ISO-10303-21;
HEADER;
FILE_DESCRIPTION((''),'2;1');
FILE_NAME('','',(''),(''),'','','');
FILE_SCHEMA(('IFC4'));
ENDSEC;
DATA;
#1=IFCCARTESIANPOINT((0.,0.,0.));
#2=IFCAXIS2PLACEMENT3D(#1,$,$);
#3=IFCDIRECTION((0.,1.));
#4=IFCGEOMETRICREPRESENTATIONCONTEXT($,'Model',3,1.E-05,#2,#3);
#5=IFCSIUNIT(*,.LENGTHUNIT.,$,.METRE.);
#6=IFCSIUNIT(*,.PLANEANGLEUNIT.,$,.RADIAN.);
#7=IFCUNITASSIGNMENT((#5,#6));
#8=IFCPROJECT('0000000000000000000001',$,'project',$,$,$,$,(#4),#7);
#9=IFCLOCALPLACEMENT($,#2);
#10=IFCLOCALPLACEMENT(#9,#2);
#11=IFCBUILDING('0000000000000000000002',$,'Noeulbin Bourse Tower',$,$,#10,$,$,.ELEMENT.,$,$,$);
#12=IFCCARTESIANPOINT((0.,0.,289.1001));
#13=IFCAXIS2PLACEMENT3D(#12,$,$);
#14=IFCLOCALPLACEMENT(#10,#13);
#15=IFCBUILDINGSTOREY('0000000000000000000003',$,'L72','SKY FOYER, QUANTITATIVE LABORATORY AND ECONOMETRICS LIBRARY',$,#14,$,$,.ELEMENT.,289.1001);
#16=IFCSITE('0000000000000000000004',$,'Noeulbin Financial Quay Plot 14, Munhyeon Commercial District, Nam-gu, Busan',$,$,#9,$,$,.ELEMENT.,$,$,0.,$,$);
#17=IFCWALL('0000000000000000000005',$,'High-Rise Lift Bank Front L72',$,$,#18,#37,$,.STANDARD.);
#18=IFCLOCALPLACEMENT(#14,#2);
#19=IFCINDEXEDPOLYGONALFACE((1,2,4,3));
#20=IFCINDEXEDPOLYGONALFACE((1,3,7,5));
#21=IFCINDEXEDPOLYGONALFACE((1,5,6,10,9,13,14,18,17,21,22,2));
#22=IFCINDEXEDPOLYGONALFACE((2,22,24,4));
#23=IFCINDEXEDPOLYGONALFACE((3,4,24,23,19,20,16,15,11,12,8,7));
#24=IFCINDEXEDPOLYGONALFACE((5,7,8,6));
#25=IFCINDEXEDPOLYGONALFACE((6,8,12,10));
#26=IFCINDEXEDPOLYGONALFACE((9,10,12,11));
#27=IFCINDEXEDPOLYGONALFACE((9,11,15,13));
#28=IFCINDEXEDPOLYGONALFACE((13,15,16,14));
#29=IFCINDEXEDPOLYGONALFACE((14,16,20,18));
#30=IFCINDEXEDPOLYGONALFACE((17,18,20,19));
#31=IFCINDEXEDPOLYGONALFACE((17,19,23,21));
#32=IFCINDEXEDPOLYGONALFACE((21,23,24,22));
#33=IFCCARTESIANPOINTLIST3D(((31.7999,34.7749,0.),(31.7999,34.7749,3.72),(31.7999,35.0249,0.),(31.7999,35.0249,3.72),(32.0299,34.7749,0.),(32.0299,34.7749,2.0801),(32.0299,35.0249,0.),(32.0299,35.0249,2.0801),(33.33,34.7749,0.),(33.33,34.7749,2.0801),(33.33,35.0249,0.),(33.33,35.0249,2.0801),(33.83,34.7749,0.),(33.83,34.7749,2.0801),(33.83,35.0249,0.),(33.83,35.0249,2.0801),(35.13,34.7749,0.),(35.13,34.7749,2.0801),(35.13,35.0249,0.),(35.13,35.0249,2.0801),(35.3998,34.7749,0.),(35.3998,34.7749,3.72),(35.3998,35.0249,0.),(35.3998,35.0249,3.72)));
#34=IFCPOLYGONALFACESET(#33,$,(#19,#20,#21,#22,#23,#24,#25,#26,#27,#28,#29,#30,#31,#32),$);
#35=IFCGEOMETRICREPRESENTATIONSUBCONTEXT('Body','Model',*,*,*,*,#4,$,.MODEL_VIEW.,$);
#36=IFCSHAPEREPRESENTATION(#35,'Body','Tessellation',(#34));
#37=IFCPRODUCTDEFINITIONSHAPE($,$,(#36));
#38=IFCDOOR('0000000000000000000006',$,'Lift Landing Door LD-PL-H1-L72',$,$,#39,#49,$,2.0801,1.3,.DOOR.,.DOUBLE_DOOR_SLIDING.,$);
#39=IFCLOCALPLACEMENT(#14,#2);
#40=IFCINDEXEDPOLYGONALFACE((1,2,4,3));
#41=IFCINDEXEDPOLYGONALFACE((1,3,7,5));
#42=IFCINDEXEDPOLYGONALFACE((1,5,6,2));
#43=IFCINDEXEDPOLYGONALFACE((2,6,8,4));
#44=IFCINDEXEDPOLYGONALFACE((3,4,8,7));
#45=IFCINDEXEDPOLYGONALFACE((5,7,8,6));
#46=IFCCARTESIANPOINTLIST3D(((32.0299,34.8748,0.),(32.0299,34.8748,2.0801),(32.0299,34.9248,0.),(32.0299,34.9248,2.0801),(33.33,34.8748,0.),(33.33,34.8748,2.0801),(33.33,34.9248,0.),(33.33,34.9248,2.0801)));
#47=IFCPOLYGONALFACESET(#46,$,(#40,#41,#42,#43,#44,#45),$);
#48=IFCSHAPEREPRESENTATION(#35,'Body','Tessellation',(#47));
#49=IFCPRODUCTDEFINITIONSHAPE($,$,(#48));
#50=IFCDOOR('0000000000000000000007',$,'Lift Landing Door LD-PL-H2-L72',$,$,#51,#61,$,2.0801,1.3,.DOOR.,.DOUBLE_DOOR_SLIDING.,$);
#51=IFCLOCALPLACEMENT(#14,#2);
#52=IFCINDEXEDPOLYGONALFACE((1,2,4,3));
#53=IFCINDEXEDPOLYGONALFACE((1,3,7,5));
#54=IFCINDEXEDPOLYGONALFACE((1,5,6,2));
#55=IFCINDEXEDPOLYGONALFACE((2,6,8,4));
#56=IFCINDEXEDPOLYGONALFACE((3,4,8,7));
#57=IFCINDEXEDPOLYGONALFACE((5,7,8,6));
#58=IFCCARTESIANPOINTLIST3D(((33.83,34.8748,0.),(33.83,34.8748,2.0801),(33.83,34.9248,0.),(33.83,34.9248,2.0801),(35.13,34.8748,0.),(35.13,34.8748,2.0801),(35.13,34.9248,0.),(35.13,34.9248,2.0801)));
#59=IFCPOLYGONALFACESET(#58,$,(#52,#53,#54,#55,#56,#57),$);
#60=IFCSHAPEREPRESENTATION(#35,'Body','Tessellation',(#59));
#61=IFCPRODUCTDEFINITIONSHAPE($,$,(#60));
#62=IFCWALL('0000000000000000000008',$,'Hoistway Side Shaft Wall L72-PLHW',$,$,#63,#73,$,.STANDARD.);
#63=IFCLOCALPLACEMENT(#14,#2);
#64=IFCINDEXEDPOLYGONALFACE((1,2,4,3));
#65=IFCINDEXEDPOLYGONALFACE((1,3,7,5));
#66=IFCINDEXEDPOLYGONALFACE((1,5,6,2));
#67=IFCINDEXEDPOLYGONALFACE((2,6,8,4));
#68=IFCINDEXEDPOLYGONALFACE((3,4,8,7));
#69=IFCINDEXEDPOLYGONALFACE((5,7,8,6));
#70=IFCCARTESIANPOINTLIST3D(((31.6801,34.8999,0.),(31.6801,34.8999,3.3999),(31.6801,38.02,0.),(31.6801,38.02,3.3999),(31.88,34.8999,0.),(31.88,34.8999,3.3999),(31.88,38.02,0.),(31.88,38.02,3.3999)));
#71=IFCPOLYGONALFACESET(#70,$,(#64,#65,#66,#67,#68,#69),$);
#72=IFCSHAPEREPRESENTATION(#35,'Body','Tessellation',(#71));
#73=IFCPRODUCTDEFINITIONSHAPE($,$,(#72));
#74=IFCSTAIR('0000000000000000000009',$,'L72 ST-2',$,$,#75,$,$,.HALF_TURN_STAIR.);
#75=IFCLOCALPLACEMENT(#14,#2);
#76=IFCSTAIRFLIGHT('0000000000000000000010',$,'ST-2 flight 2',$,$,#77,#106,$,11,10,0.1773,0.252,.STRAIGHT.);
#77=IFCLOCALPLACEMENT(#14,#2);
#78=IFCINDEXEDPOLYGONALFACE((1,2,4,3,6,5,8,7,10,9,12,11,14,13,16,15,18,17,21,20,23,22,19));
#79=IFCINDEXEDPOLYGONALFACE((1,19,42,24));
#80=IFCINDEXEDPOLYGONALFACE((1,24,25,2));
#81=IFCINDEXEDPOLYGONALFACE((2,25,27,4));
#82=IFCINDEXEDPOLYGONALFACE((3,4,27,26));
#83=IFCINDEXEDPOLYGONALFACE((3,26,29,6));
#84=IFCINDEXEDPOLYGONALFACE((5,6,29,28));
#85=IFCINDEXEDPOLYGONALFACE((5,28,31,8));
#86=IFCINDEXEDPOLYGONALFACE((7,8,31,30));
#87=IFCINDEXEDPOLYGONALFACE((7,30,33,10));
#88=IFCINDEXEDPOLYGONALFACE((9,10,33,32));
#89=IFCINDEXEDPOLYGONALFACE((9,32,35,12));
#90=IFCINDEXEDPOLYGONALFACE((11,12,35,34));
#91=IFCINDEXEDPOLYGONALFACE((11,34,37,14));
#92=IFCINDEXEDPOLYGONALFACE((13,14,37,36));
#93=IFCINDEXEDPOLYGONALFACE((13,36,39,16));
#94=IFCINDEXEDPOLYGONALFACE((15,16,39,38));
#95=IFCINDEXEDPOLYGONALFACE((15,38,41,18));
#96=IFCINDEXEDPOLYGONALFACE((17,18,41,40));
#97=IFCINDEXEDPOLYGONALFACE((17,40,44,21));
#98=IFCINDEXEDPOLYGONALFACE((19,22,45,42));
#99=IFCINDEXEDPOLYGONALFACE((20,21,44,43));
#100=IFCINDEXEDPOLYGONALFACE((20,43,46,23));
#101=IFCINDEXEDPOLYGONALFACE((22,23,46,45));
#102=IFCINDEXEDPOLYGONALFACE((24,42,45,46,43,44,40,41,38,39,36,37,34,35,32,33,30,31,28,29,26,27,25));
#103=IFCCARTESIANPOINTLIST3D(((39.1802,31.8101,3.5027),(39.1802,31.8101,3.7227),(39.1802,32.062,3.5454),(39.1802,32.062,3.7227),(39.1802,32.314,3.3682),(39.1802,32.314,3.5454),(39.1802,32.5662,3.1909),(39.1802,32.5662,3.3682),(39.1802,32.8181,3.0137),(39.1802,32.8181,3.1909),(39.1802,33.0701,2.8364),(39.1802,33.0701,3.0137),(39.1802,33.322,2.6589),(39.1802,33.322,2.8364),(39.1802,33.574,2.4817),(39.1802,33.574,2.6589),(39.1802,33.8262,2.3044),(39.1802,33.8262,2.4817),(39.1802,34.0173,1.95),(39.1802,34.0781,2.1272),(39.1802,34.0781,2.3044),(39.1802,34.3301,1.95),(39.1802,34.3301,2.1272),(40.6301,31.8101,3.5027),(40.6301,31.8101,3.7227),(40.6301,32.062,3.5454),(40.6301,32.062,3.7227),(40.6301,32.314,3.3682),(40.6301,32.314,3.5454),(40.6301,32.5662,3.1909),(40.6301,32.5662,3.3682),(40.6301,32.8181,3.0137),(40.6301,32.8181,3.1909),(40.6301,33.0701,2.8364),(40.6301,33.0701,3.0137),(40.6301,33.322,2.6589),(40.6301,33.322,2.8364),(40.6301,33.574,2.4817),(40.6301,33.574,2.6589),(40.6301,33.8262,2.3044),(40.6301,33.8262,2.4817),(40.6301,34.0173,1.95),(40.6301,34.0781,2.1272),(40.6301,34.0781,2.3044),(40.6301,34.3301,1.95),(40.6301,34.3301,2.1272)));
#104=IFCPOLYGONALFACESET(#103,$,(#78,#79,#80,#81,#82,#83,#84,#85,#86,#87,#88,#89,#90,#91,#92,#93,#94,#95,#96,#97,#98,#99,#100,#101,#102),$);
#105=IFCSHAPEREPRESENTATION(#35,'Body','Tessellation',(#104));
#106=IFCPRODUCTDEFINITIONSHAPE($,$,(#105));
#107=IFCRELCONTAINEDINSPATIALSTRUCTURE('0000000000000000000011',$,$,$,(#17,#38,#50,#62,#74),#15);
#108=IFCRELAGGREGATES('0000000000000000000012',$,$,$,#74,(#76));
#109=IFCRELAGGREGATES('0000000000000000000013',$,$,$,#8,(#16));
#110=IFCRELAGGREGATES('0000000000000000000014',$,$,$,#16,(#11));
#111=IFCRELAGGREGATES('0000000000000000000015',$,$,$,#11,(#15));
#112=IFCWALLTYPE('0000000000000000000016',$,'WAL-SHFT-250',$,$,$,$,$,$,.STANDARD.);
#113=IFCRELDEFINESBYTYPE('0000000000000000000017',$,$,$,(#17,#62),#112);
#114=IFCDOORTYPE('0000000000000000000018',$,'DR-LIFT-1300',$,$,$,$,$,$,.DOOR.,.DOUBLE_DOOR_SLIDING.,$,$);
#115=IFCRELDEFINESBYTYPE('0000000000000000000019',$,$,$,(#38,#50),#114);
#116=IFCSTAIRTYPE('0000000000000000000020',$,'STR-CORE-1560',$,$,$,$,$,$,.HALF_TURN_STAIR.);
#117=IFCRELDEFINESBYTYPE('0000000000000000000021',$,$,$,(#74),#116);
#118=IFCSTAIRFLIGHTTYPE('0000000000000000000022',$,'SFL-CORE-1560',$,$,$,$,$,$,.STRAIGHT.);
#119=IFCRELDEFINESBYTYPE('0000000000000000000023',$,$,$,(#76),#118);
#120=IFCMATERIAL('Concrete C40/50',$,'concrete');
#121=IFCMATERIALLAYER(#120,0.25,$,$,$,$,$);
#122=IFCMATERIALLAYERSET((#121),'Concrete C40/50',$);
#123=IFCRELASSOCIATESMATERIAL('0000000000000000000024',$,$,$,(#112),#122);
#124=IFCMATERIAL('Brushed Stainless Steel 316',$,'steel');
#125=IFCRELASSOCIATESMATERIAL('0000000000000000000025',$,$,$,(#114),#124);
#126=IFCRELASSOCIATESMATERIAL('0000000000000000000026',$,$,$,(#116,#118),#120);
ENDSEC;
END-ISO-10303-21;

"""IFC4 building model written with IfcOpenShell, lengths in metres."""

from ifc_helpers import new_model, si_unit, direction, frame, frame_2d, origin, place, context, subcontext, project, spatial, polyline, rectangle, outline, extrude, material, layer, layer_set, type_object, element, fill, aggregate, save


model = new_model("IFC4")

# Units and contexts
model_context = context("Model", 3, precision=1e-05, world=origin(), true_north=direction((0.0, 1.0)))
body_context = subcontext(model_context, "Body", "Model", "MODEL_VIEW")
ifc_project = project(units=[si_unit("LENGTHUNIT", "METRE"), si_unit("PLANEANGLEUNIT", "RADIAN")], contexts=[model_context])

# Site, building, storey
site_placement = place(None, origin())
site = spatial("IfcSite", under=ifc_project, at=site_placement, Name="Noeulbin Financial Quay Plot 14, Munhyeon Commercial District, Nam-gu, Busan", CompositionType="ELEMENT", RefElevation=0.0)
building_placement = place(site_placement, origin())
building = spatial("IfcBuilding", under=site, at=building_placement, Name="Noeulbin Bourse Tower", CompositionType="ELEMENT")
storey_placement = place(building_placement, frame((0.0, 0.0, 289.1001)))
storey = spatial("IfcBuildingStorey", under=building, at=storey_placement, Name="L72", Description="SKY FOYER, QUANTITATIVE LABORATORY AND ECONOMETRICS LIBRARY", CompositionType="ELEMENT", Elevation=289.1001)

# Shared definitions
ifc_material_1 = material(Name="Concrete C40/50", Category="concrete")
ifc_layer_1 = layer(ifc_material_1, 0.25)
ifc_layer_set_1 = layer_set([ifc_layer_1], Name="Concrete C40/50")
wall_type_1 = type_object("IfcWallType", Name="WAL-SHFT-250", PredefinedType="STANDARD", material=ifc_layer_set_1)

# Shared definitions
ifc_material_2 = material(Name="Brushed Stainless Steel 316", Category="steel")

# Wall, openings, doors
wall_1_placement = place(storey_placement, frame((31.8, 34.8999, 0.0), z_axis=(0.0, 0.0, 1.0), x_axis=(1.0, 0.0, 0.0)))
wall_1 = element("IfcWall", 1, at=wall_1_placement, inside=storey, type_object=wall_type_1, Name="High-Rise Lift Bank Front L72", PredefinedType="STANDARD", context=body_context, shape_type="SweptSolid", body=[
    extrude(rectangle(XDim=3.5999, YDim=0.25, at=frame_2d((1.7998, 0.0))), origin(), (0.0, 0.0, 1.0), 3.72),
])
opening_1_placement = place(wall_1_placement, frame((0.23, 0.0, 0.0)))
opening_1 = element("IfcOpeningElement", 2, at=opening_1_placement, cuts=wall_1, PredefinedType="OPENING", context=body_context, shape_type="SweptSolid", body=[
    extrude(rectangle(XDim=1.3, YDim=2.0801, at=frame_2d((0.6499, 1.04))), frame((0.0, 0.135, 0.0), z_axis=(0.0, -1.0, 0.0), x_axis=(1.0, 0.0, 0.0)), (0.0, 0.0, 1.0), 0.27),
])
opening_2_placement = place(wall_1_placement, frame((2.03, 0.0, 0.0)))
opening_2 = element("IfcOpeningElement", 3, at=opening_2_placement, cuts=wall_1, PredefinedType="OPENING", context=body_context, shape_type="SweptSolid", body=[
    extrude(rectangle(XDim=1.3, YDim=2.0801, at=frame_2d((0.6499, 1.04))), frame((0.0, 0.135, 0.0), z_axis=(0.0, -1.0, 0.0), x_axis=(1.0, 0.0, 0.0)), (0.0, 0.0, 1.0), 0.27),
])
door_type_1 = type_object("IfcDoorType", Name="DR-LIFT-1300", OperationType="DOUBLE_DOOR_SLIDING", PredefinedType="DOOR", material=ifc_material_2)
door_1_placement = place(opening_1_placement, origin())
door_1 = element("IfcDoor", 4, at=door_1_placement, inside=storey, type_object=door_type_1, Name="Lift Landing Door LD-PL-H1-L72", OperationType="DOUBLE_DOOR_SLIDING", OverallHeight=2.0801, OverallWidth=1.3, PredefinedType="DOOR", context=body_context, shape_type="SweptSolid", body=[
    extrude(rectangle(XDim=1.3, YDim=2.0801, at=frame_2d((0.6499, 1.04))), frame((0.0, 0.0249, 0.0), z_axis=(0.0, -1.0, 0.0), x_axis=(1.0, 0.0, 0.0)), (0.0, 0.0, 1.0), 0.05),
])
fill(opening_1, door_1)
door_2_placement = place(opening_2_placement, origin())
door_2 = element("IfcDoor", 5, at=door_2_placement, inside=storey, type_object=door_type_1, Name="Lift Landing Door LD-PL-H2-L72", OperationType="DOUBLE_DOOR_SLIDING", OverallHeight=2.0801, OverallWidth=1.3, PredefinedType="DOOR", context=body_context, shape_type="SweptSolid", body=[
    extrude(rectangle(XDim=1.3, YDim=2.0801, at=frame_2d((0.6499, 1.04))), frame((0.0, 0.0249, 0.0), z_axis=(0.0, -1.0, 0.0), x_axis=(1.0, 0.0, 0.0)), (0.0, 0.0, 1.0), 0.05),
])
fill(opening_2, door_2)

# Wall
wall_2_placement = place(storey_placement, frame((31.78, 34.8999, 0.0), z_axis=(0.0, 0.0, 1.0), x_axis=(0.0, 1.0, 0.0)))
element("IfcWall", 6, at=wall_2_placement, inside=storey, type_object=wall_type_1, Name="Hoistway Side Shaft Wall L72-PLHW", PredefinedType="STANDARD", context=body_context, shape_type="SweptSolid", body=[
    extrude(rectangle(XDim=3.1201, YDim=0.2, at=frame_2d((1.5601, 0.0))), origin(), (0.0, 0.0, 1.0), 3.3999),
])

# Stair, stair flight
stair_type = type_object("IfcStairType", Name="STR-CORE-1560", PredefinedType="HALF_TURN_STAIR", material=ifc_material_1)
stair_placement = place(storey_placement, origin())
stair = element("IfcStair", 7, at=stair_placement, inside=storey, type_object=stair_type, Name="L72 ST-2", PredefinedType="HALF_TURN_STAIR")
stair_flight_type = type_object("IfcStairFlightType", Name="SFL-CORE-1560", PredefinedType="STRAIGHT", material=ifc_material_1)
stair_flight_placement = place(storey_placement, frame((39.905, 34.3301, 1.95), z_axis=(0.0, 0.0, 1.0), x_axis=(0.0, -1.0, 0.0)))
stair_flight = element("IfcStairFlight", 8, at=stair_flight_placement, type_object=stair_flight_type, Name="ST-2 flight 2", NumberOfRisers=11, NumberOfTreads=10, PredefinedType="STRAIGHT", RiserHeight=0.1773, TreadLength=0.252, context=body_context, shape_type="SweptSolid", body=[
    extrude(outline(polyline([(0.0, 0.0), (0.0, 0.1772), (0.252, 0.1772), (0.252, 0.3545), (0.5039, 0.3545), (0.5039, 0.5317), (0.7561, 0.5317), (0.7561, 0.709), (1.0081, 0.709), (1.0081, 0.8865), (1.26, 0.8865), (1.26, 1.0637), (1.512, 1.0637), (1.512, 1.241), (1.7639, 1.241), (1.7639, 1.4182), (2.0161, 1.4182), (2.0161, 1.5955), (2.2681, 1.5955), (2.2681, 1.7727), (2.52, 1.7727), (2.52, 1.95), (2.52, 1.5527), (0.3127, 0.0), (0.0, 0.0)])), frame((0.0, 0.7251, 0.0), z_axis=(0.0, -1.0, 0.0), x_axis=(1.0, 0.0, 0.0)), (0.0, 0.0, 1.0), 1.45),
])
aggregate(stair, [stair_flight])

save(model, "model.ifc")
